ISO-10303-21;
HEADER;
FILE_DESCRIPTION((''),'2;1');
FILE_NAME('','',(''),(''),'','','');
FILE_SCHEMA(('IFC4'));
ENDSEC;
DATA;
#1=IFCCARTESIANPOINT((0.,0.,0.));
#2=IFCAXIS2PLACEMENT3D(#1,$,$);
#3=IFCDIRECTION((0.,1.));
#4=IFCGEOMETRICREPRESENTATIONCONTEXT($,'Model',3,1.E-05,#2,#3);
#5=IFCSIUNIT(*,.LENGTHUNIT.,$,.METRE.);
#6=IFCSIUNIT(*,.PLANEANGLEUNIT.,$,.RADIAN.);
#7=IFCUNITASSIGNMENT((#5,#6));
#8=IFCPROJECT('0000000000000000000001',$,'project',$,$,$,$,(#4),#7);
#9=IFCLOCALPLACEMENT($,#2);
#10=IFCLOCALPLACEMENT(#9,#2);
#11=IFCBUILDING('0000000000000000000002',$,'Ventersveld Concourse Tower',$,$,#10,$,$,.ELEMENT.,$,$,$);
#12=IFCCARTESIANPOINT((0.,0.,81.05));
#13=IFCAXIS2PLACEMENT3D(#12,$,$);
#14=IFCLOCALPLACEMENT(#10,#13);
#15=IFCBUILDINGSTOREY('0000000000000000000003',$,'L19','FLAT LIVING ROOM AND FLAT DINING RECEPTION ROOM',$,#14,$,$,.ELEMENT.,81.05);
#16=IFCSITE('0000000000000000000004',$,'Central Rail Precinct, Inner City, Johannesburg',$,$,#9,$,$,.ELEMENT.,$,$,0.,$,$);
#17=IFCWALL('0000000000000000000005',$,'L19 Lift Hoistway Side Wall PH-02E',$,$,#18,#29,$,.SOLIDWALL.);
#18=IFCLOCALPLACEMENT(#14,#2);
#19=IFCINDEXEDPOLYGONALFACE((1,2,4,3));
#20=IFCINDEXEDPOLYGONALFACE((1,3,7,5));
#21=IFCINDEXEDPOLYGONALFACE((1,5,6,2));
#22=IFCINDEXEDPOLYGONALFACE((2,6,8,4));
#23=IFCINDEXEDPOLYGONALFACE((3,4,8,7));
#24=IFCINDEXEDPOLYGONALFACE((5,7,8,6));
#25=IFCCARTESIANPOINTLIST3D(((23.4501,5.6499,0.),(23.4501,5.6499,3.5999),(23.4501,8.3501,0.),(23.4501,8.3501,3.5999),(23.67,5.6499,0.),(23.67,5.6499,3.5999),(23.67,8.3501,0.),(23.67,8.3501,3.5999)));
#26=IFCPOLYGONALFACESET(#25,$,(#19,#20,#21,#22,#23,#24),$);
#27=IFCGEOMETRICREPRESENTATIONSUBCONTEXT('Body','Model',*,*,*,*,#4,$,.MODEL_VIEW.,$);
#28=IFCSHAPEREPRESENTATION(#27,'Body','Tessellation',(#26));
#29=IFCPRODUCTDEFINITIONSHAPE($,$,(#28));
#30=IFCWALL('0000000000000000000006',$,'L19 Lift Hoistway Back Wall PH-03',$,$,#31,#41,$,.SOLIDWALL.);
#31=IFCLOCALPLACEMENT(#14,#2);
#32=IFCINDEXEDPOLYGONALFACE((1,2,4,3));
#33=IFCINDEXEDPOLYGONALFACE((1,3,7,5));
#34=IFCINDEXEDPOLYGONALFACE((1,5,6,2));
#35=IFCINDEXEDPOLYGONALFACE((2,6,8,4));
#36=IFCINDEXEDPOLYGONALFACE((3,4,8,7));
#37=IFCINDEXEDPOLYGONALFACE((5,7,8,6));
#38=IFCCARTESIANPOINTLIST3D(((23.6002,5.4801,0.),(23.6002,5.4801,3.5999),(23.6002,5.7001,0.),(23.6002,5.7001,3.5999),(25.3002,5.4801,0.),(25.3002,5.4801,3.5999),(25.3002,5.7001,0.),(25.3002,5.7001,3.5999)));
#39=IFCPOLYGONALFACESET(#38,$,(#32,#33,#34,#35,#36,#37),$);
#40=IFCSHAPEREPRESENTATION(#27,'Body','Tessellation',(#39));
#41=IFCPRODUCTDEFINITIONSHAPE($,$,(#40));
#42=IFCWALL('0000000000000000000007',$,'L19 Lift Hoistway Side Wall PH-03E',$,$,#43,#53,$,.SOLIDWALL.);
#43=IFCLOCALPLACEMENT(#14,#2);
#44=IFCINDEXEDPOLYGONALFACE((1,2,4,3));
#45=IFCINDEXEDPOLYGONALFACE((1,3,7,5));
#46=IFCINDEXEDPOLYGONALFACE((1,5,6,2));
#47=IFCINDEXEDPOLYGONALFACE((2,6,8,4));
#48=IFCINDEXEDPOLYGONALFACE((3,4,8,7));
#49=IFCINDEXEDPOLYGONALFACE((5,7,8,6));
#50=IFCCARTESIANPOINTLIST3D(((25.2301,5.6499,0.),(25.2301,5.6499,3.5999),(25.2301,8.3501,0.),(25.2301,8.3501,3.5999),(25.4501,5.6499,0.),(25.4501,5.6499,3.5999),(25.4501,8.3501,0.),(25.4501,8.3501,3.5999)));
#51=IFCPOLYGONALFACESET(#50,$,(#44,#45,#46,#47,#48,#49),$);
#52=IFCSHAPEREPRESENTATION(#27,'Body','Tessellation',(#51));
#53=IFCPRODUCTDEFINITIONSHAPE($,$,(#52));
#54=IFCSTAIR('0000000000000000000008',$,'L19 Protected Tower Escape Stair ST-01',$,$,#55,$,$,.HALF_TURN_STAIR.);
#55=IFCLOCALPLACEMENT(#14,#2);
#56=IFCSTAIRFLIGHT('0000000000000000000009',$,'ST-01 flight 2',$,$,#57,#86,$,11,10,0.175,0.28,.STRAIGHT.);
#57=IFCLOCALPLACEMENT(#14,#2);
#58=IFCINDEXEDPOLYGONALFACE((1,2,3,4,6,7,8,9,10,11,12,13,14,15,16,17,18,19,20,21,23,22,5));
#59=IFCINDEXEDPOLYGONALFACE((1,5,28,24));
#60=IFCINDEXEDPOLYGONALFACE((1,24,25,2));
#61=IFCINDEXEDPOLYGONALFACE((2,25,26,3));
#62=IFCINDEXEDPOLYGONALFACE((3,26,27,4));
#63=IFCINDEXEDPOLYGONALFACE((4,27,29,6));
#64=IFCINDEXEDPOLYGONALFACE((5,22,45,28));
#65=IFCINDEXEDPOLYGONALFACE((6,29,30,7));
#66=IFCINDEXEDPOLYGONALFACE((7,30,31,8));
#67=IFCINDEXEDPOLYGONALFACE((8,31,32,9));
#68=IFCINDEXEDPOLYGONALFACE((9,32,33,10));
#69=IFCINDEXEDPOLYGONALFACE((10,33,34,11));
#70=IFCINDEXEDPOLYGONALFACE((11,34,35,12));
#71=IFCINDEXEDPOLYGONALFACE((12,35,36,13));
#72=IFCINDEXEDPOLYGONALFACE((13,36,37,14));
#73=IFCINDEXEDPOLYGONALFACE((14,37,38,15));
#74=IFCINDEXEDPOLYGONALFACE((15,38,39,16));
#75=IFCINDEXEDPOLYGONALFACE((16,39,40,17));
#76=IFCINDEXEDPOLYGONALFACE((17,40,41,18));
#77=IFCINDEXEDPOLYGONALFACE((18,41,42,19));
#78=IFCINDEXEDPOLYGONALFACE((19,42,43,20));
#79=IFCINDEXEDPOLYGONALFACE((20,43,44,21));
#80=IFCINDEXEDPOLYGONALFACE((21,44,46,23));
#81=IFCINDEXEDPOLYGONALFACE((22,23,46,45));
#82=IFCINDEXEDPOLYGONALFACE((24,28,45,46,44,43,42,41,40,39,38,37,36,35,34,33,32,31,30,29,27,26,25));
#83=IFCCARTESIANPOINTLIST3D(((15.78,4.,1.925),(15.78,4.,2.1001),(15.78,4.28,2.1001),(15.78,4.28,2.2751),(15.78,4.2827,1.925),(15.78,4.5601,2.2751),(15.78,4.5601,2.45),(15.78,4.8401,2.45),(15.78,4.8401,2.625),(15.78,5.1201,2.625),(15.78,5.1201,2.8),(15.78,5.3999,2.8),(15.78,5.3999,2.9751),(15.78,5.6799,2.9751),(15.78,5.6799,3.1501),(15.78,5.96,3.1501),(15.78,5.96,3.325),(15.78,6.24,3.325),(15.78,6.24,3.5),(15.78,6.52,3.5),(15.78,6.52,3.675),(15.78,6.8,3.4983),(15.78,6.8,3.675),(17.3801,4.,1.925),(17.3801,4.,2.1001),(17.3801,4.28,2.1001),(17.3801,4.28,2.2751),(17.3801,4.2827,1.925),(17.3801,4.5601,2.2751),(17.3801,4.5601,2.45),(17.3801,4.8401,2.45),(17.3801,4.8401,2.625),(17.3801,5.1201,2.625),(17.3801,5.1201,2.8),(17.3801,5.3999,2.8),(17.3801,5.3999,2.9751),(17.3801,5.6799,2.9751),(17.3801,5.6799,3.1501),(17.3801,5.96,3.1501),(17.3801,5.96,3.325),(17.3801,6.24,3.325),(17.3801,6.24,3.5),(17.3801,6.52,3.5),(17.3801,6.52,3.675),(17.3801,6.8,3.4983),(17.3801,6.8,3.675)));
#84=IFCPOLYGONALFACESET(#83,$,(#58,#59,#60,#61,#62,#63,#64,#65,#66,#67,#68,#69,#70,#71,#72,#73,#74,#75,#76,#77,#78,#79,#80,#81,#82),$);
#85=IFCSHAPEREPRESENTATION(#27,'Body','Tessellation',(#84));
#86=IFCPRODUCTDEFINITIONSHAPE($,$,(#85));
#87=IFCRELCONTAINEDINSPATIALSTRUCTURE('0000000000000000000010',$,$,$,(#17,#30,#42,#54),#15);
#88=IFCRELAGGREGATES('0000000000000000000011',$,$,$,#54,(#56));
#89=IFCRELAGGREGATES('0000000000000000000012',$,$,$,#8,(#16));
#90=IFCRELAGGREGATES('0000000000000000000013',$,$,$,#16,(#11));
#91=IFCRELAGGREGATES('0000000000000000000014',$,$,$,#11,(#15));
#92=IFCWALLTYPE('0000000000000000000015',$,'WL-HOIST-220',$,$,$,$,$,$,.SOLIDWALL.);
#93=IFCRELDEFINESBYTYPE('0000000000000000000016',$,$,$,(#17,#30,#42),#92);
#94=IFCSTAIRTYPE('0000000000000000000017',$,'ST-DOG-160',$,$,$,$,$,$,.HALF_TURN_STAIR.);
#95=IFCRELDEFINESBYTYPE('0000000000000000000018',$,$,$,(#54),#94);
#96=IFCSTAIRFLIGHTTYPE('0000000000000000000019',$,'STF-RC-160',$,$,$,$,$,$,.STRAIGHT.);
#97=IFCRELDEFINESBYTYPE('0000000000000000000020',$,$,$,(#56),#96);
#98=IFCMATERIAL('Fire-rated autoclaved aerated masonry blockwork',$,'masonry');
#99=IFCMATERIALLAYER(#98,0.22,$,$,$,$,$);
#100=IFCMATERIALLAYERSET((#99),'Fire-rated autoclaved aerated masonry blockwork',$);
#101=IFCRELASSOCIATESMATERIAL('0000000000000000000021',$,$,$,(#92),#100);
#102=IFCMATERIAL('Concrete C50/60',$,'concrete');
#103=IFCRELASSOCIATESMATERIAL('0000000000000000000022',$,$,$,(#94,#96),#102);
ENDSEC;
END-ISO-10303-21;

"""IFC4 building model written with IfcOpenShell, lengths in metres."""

from ifc_helpers import new_model, si_unit, direction, frame, frame_2d, origin, place, context, subcontext, project, spatial, polyline, rectangle, outline, extrude, material, layer, layer_set, type_object, element, aggregate, save


model = new_model("IFC4")

# Units and contexts
model_context = context("Model", 3, precision=1e-05, world=origin(), true_north=direction((0.0, 1.0)))
body_context = subcontext(model_context, "Body", "Model", "MODEL_VIEW")
ifc_project = project(units=[si_unit("LENGTHUNIT", "METRE"), si_unit("PLANEANGLEUNIT", "RADIAN")], contexts=[model_context])

# Site, building, storey
site_placement = place(None, origin())
site = spatial("IfcSite", under=ifc_project, at=site_placement, Name="Central Rail Precinct, Inner City, Johannesburg", CompositionType="ELEMENT", RefElevation=0.0)
building_placement = place(site_placement, origin())
building = spatial("IfcBuilding", under=site, at=building_placement, Name="Ventersveld Concourse Tower", CompositionType="ELEMENT")
storey_placement = place(building_placement, frame((0.0, 0.0, 81.05)))
storey = spatial("IfcBuildingStorey", under=building, at=storey_placement, Name="L19", Description="FLAT LIVING ROOM AND FLAT DINING RECEPTION ROOM", CompositionType="ELEMENT", Elevation=81.05)

# Shared definitions
ifc_material_1 = material(Name="Concrete C50/60", Category="concrete")

# Shared definitions
ifc_material_2 = material(Name="Fire-rated autoclaved aerated masonry blockwork", Category="masonry")
ifc_layer_1 = layer(ifc_material_2, 0.22)
ifc_layer_set_1 = layer_set([ifc_layer_1], Name="Fire-rated autoclaved aerated masonry blockwork")
wall_type_1 = type_object("IfcWallType", Name="WL-HOIST-220", PredefinedType="SOLIDWALL", material=ifc_layer_set_1)

# Walls
wall_1_placement = place(storey_placement, frame((23.5601, 5.6499, 0.0), z_axis=(0.0, 0.0, 1.0), x_axis=(0.0, 1.0, 0.0)))
element("IfcWall", 1, at=wall_1_placement, inside=storey, type_object=wall_type_1, Name="L19 Lift Hoistway Side Wall PH-02E", PredefinedType="SOLIDWALL", context=body_context, shape_type="SweptSolid", body=[
    extrude(rectangle(XDim=2.7002, YDim=0.22, at=frame_2d((1.3501, 0.0))), origin(), (0.0, 0.0, 1.0), 3.5999),
])
wall_2_placement = place(storey_placement, frame((23.6001, 5.5901, 0.0), z_axis=(0.0, 0.0, 1.0), x_axis=(1.0, 0.0, 0.0)))
element("IfcWall", 2, at=wall_2_placement, inside=storey, type_object=wall_type_1, Name="L19 Lift Hoistway Back Wall PH-03", PredefinedType="SOLIDWALL", context=body_context, shape_type="SweptSolid", body=[
    extrude(rectangle(XDim=1.7, YDim=0.22, at=frame_2d((0.8501, 0.0))), origin(), (0.0, 0.0, 1.0), 3.5999),
])
wall_3_placement = place(storey_placement, frame((25.3401, 5.6499, 0.0), z_axis=(0.0, 0.0, 1.0), x_axis=(0.0, 1.0, 0.0)))
element("IfcWall", 3, at=wall_3_placement, inside=storey, type_object=wall_type_1, Name="L19 Lift Hoistway Side Wall PH-03E", PredefinedType="SOLIDWALL", context=body_context, shape_type="SweptSolid", body=[
    extrude(rectangle(XDim=2.7002, YDim=0.22, at=frame_2d((1.3501, 0.0))), origin(), (0.0, 0.0, 1.0), 3.5999),
])

# Stair, stair flight
stair_type = type_object("IfcStairType", Name="ST-DOG-160", PredefinedType="HALF_TURN_STAIR", material=ifc_material_1)
stair_placement = place(storey_placement, origin())
stair = element("IfcStair", 4, at=stair_placement, inside=storey, type_object=stair_type, Name="L19 Protected Tower Escape Stair ST-01", PredefinedType="HALF_TURN_STAIR")
stair_flight_type = type_object("IfcStairFlightType", Name="STF-RC-160", PredefinedType="STRAIGHT", material=ifc_material_1)
stair_flight_placement = place(storey_placement, frame((16.5801, 4.0, 1.925), z_axis=(0.0, 0.0, 1.0), x_axis=(0.0, 1.0, 0.0)))
stair_flight = element("IfcStairFlight", 5, at=stair_flight_placement, type_object=stair_flight_type, Name="ST-01 flight 2", NumberOfRisers=11, NumberOfTreads=10, PredefinedType="STRAIGHT", RiserHeight=0.175, TreadLength=0.28, context=body_context, shape_type="SweptSolid", body=[
    extrude(outline(polyline([(0.0, 0.0), (0.0, 0.175), (0.28, 0.175), (0.28, 0.3501), (0.5601, 0.3501), (0.5601, 0.5249), (0.8401, 0.5249), (0.8401, 0.7), (1.1201, 0.7), (1.1201, 0.875), (1.3999, 0.875), (1.3999, 1.05), (1.6799, 1.05), (1.6799, 1.2251), (1.96, 1.2251), (1.96, 1.3999), (2.24, 1.3999), (2.24, 1.575), (2.52, 1.575), (2.52, 1.75), (2.8, 1.75), (2.8, 1.925), (2.8, 1.5732), (0.2827, 0.0), (0.0, 0.0)])), frame((0.0, 0.8, 0.0), z_axis=(0.0, -1.0, 0.0), x_axis=(1.0, 0.0, 0.0)), (0.0, 0.0, 1.0), 1.6001),
])
aggregate(stair, [stair_flight])

save(model, "model.ifc")
